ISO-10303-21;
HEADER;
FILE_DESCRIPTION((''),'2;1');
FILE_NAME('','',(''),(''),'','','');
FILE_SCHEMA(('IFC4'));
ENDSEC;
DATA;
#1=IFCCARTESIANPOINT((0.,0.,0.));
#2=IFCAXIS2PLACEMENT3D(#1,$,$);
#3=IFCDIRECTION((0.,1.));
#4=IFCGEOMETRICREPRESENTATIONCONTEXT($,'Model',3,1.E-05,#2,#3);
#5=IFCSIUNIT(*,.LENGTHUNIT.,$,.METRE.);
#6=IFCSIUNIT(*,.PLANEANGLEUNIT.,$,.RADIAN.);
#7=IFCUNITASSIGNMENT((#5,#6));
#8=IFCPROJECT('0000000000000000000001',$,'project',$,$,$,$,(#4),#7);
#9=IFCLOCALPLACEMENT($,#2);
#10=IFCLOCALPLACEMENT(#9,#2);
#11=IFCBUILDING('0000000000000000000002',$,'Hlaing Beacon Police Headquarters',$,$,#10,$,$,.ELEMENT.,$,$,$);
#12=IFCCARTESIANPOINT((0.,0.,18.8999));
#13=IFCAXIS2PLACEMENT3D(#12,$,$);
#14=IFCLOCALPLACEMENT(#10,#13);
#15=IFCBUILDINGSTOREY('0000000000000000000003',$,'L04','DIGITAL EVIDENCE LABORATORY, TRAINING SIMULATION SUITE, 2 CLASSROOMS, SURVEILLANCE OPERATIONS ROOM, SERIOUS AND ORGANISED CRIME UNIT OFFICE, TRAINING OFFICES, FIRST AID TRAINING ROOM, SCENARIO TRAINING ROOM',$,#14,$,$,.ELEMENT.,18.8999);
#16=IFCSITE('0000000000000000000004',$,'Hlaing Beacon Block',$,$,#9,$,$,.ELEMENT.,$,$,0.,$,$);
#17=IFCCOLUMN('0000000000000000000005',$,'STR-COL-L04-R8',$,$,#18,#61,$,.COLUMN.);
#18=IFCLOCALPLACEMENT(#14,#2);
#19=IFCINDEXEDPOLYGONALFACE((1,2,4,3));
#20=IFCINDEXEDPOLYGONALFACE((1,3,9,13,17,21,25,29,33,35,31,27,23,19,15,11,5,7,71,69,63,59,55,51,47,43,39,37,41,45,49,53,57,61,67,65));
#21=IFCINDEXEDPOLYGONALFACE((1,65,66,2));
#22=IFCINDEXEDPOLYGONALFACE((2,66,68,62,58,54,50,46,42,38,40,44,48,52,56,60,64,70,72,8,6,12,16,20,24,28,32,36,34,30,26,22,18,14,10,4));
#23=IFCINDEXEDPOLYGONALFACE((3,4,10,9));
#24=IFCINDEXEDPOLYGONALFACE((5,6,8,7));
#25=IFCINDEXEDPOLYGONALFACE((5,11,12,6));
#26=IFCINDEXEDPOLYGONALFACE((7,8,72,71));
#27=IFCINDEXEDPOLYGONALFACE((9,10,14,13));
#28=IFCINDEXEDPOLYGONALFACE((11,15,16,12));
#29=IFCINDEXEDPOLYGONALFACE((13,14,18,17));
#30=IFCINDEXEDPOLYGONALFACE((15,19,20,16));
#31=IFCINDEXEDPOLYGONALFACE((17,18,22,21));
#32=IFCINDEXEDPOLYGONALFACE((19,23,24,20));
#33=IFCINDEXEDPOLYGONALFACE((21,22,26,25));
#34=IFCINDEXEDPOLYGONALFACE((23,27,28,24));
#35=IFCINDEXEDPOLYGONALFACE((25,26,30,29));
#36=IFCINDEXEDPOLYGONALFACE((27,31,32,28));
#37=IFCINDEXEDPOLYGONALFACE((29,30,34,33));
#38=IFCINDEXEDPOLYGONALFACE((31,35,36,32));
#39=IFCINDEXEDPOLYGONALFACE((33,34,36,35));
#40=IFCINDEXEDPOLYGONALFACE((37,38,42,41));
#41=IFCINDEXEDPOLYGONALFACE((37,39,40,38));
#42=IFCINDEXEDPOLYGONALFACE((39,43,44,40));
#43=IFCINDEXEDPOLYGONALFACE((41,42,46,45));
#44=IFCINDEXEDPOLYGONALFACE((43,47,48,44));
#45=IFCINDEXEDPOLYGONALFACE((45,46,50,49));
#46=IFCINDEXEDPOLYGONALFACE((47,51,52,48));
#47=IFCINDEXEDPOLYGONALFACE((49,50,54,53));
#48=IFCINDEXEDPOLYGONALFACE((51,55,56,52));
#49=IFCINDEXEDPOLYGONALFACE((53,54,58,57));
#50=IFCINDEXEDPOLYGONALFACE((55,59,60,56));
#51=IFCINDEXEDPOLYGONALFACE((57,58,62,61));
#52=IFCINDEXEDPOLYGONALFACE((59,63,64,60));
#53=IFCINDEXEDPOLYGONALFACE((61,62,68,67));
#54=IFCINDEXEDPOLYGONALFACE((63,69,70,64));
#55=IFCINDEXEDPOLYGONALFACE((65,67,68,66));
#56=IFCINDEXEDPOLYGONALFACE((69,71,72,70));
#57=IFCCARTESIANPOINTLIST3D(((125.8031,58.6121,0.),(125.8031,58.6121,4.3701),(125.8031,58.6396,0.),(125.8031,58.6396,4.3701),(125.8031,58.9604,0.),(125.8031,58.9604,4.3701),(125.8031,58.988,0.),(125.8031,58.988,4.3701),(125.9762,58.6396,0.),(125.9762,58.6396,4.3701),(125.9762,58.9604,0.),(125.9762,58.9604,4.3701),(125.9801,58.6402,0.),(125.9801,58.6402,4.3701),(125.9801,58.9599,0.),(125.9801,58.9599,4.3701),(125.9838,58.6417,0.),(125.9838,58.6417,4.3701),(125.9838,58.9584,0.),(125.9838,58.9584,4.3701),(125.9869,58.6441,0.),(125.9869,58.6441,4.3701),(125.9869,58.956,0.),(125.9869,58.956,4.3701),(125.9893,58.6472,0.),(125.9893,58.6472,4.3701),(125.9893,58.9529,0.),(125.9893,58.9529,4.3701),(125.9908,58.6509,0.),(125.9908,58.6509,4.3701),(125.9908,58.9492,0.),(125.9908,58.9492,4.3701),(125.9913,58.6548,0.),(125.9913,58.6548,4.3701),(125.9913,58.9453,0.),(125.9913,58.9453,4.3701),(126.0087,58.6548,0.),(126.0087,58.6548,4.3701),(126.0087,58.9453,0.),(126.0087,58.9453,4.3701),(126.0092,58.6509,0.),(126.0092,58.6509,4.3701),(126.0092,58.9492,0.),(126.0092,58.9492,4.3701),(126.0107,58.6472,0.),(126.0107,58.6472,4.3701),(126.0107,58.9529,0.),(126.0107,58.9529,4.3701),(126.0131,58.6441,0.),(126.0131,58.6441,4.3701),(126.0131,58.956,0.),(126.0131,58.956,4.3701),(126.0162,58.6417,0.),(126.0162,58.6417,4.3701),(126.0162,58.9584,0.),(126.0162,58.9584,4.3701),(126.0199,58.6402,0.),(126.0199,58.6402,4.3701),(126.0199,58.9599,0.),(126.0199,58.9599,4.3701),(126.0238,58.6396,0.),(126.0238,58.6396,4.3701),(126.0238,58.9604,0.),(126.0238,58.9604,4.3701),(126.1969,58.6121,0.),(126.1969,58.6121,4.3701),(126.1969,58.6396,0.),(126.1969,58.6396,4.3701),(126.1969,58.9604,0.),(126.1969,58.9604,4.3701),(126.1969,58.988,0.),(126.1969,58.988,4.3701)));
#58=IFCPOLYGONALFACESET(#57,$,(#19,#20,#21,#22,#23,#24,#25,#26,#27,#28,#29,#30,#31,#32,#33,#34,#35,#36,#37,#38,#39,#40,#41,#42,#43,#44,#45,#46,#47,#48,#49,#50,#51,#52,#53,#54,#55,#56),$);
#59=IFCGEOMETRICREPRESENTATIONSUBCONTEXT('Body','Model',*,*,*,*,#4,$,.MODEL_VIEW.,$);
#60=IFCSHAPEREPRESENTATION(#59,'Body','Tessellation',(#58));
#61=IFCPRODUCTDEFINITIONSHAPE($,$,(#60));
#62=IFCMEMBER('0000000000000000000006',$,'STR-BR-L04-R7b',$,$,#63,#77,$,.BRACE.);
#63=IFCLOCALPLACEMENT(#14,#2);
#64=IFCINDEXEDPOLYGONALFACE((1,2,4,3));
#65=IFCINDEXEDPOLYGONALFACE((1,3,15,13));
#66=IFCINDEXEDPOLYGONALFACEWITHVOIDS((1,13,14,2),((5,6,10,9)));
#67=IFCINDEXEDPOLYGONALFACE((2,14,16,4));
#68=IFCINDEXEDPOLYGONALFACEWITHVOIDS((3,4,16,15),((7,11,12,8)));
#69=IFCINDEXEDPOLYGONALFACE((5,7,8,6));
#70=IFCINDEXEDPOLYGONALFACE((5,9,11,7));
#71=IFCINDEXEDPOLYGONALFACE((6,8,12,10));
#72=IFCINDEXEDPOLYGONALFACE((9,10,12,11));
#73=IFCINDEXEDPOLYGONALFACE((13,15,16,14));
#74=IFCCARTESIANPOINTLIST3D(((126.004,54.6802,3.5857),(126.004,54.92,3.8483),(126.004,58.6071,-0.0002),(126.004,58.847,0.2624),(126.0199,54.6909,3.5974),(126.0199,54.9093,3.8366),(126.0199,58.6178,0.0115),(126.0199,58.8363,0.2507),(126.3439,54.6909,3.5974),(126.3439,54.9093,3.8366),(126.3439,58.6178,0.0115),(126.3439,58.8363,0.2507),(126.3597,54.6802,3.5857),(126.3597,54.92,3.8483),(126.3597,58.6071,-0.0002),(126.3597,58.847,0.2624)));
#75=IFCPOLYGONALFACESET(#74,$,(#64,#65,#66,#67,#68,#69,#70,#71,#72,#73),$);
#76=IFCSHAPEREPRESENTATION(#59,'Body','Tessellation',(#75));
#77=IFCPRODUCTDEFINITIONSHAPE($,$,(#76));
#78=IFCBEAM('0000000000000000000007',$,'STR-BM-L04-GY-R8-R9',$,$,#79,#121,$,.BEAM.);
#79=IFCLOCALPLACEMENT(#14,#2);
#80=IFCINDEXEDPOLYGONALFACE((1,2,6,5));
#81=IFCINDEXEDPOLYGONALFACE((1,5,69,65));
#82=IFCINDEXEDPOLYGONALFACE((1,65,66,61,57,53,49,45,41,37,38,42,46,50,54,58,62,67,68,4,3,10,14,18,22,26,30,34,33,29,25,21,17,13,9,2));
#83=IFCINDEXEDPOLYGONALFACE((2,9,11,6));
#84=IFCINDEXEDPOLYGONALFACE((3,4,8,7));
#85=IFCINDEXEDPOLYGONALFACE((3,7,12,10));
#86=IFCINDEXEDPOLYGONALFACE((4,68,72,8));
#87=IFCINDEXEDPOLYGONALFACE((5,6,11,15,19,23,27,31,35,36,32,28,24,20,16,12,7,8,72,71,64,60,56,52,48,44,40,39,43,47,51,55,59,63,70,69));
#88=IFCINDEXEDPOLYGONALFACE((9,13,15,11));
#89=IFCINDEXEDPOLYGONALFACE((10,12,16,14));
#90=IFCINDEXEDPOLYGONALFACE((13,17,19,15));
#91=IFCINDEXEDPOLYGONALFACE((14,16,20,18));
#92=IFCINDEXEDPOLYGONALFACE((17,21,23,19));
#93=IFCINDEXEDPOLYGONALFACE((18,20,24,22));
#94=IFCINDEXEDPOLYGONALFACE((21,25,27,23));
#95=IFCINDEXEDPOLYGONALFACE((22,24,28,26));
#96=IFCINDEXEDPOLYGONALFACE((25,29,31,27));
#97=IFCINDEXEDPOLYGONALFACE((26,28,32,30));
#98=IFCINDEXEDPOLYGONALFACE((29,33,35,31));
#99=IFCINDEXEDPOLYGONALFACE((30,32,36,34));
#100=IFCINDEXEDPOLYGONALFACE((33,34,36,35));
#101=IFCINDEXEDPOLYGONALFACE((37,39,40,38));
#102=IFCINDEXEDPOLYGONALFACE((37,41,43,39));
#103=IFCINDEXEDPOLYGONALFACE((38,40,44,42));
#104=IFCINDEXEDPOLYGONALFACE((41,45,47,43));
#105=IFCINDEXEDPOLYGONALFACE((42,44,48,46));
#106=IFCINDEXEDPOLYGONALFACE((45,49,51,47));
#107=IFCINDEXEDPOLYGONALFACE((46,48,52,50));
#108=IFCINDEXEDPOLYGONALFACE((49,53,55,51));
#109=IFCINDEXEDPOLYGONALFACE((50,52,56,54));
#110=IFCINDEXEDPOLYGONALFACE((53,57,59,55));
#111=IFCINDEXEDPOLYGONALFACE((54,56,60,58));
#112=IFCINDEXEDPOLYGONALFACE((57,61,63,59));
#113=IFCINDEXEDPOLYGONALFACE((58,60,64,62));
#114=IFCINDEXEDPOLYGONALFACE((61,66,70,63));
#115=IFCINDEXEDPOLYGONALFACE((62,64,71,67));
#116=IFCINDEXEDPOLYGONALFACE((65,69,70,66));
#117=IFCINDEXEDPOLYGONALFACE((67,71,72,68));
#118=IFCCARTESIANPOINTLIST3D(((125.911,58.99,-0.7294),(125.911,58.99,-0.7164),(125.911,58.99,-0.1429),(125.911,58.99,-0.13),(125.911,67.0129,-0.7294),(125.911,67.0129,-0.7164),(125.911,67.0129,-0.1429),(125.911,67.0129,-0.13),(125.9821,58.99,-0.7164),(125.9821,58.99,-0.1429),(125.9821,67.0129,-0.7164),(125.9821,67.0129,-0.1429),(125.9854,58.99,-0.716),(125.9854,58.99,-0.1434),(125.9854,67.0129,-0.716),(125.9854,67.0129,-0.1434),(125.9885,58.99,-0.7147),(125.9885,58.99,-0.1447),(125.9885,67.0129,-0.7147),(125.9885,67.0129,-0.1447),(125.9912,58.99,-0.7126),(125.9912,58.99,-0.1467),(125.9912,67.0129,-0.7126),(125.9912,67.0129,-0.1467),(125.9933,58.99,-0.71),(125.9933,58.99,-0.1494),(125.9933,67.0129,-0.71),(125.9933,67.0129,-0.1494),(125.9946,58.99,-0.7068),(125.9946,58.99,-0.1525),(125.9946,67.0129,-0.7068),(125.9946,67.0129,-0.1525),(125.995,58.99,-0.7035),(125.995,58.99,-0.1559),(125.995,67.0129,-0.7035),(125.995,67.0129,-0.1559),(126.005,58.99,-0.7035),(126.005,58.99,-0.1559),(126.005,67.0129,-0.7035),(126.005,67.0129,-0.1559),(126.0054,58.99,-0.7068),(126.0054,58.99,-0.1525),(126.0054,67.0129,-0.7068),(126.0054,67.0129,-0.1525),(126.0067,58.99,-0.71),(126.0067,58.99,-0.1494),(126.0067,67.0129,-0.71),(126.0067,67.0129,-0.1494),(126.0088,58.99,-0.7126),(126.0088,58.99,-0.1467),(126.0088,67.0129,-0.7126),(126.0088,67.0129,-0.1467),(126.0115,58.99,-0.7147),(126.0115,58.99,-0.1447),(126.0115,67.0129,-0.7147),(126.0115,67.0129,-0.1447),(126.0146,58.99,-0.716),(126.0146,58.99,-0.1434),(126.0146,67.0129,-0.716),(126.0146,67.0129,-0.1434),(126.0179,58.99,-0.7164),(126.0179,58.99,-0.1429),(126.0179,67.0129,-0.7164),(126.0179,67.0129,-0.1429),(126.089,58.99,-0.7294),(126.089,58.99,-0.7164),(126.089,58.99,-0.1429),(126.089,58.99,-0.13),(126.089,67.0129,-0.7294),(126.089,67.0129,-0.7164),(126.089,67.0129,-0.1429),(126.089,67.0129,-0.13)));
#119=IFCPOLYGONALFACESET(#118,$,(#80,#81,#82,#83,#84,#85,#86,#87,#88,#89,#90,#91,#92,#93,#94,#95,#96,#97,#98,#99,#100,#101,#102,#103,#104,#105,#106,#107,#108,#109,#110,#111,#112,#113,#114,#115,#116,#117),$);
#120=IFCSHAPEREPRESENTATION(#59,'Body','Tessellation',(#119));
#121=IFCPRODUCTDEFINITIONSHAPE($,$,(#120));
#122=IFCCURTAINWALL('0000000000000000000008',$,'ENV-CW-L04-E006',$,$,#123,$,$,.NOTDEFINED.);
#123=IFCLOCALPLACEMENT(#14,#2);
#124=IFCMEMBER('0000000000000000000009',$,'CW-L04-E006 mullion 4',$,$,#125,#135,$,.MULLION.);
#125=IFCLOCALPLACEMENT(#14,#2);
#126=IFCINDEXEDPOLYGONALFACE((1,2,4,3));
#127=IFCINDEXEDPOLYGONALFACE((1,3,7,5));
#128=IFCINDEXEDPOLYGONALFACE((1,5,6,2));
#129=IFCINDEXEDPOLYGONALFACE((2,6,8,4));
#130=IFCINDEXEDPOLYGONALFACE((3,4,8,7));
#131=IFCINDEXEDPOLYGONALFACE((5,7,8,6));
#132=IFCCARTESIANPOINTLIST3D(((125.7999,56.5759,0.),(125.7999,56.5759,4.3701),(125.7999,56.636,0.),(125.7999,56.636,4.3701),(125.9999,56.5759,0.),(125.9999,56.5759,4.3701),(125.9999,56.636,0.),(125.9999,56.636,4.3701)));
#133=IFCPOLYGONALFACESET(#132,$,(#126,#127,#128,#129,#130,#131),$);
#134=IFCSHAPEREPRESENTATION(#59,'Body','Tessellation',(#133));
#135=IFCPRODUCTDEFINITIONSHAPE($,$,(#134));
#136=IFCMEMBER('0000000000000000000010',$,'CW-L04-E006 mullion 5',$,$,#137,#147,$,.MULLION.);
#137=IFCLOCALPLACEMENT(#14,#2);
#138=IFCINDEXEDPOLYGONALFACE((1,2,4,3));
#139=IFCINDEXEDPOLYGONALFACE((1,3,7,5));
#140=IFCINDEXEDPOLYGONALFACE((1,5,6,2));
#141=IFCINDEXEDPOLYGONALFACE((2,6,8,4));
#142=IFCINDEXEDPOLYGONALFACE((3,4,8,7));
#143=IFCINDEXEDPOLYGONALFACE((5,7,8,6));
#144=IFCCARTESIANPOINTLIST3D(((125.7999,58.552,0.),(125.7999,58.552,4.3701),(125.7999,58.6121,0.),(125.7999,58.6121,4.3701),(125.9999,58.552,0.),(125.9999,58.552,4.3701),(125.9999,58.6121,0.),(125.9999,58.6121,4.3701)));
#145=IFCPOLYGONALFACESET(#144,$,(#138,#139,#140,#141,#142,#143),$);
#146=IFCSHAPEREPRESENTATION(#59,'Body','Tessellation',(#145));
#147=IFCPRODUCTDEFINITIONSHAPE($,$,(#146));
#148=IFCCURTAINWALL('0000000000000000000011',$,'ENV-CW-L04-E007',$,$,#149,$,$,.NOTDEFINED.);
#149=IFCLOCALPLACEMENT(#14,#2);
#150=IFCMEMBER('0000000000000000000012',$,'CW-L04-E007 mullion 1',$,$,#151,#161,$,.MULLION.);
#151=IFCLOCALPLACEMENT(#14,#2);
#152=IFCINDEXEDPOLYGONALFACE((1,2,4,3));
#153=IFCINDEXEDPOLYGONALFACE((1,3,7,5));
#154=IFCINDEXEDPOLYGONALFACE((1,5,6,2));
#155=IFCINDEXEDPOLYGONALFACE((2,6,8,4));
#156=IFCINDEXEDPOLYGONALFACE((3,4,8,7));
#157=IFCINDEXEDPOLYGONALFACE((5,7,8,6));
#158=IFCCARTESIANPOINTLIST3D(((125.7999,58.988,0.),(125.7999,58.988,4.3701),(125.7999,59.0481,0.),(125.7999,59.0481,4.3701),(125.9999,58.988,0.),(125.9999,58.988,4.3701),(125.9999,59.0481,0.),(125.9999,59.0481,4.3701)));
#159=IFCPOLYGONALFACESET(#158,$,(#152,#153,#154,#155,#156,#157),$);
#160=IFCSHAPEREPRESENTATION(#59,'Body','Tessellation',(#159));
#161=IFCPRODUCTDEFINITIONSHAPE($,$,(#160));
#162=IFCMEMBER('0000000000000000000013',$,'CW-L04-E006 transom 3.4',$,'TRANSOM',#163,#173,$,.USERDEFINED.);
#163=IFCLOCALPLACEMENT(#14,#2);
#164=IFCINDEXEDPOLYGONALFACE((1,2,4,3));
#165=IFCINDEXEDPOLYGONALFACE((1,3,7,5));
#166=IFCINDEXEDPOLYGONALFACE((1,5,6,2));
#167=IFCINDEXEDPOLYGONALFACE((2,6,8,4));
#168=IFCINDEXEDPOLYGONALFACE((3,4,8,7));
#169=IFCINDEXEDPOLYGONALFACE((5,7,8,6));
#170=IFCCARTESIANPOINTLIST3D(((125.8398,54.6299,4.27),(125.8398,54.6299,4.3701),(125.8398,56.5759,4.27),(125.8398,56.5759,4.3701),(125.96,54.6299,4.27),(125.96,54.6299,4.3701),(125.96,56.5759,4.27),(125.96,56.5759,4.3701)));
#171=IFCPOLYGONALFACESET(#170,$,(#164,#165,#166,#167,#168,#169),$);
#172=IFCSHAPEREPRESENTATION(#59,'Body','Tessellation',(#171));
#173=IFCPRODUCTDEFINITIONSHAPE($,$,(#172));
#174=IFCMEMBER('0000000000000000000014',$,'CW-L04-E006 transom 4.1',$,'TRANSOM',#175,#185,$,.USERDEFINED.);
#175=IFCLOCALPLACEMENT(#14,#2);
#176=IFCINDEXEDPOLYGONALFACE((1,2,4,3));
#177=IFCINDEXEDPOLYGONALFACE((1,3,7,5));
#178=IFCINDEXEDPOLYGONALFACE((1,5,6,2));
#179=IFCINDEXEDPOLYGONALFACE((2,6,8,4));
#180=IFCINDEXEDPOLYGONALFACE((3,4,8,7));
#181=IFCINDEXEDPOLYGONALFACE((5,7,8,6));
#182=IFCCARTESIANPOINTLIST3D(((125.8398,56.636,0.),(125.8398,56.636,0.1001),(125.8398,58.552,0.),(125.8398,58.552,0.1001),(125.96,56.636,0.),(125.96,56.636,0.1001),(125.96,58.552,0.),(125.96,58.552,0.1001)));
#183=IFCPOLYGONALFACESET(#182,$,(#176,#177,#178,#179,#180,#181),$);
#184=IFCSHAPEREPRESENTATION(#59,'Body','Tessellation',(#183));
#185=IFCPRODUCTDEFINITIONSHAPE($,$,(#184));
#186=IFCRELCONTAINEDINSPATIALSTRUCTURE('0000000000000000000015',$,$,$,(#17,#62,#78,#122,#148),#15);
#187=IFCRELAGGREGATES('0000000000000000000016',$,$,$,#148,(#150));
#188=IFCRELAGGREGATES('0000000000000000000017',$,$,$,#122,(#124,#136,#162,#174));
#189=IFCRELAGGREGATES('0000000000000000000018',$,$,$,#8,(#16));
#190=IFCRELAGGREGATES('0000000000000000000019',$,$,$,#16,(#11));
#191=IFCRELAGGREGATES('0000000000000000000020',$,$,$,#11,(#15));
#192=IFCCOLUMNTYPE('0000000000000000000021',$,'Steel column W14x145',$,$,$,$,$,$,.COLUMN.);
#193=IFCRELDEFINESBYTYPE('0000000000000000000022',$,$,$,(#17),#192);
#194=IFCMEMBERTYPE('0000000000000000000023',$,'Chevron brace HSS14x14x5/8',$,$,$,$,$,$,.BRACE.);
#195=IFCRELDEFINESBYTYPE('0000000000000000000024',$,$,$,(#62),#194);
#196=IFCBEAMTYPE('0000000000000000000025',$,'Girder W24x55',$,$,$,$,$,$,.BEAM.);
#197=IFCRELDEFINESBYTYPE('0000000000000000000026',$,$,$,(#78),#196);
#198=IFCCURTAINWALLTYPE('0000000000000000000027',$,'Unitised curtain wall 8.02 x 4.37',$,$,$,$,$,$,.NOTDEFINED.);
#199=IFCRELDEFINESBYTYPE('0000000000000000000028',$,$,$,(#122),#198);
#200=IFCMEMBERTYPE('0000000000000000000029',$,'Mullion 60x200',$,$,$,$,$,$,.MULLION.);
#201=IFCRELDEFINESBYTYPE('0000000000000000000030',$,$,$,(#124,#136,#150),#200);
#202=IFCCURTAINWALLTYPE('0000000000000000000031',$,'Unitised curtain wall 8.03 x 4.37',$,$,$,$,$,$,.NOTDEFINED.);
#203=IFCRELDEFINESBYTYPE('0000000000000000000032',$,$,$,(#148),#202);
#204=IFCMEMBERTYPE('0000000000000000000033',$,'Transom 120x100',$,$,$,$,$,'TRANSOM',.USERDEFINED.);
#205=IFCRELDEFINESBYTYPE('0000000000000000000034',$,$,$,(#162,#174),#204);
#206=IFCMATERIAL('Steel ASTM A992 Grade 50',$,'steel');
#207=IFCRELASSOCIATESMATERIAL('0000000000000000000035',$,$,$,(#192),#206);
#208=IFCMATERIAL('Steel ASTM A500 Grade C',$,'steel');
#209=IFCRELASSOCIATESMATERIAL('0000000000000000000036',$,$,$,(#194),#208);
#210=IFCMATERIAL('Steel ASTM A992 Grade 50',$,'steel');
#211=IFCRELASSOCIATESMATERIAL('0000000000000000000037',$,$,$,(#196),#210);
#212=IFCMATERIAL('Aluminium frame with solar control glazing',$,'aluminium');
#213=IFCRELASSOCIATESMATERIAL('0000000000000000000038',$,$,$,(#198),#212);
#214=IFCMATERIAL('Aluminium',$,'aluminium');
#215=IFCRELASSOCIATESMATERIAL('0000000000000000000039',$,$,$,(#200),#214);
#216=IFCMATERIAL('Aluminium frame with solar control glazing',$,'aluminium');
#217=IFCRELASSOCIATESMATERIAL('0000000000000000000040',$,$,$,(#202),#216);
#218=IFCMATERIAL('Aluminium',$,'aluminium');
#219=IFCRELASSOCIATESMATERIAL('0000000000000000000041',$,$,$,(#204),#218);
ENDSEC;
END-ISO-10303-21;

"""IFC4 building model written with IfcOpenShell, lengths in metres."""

from ifc_helpers import new_model, si_unit, direction, frame, origin, origin_2d, place, context, subcontext, project, spatial, rectangle, hollow_rectangle, i_section, extrude, material, material_profile, profile_set, type_object, element, aggregate, save


model = new_model("IFC4")

# Units and contexts
model_context = context("Model", 3, precision=1e-05, world=origin(), true_north=direction((0.0, 1.0)))
body_context = subcontext(model_context, "Body", "Model", "MODEL_VIEW")
ifc_project = project(units=[si_unit("LENGTHUNIT", "METRE"), si_unit("PLANEANGLEUNIT", "RADIAN")], contexts=[model_context])

# Site, building, storey
site_placement = place(None, origin())
site = spatial("IfcSite", under=ifc_project, at=site_placement, Name="Hlaing Beacon Block", CompositionType="ELEMENT", RefElevation=0.0)
building_placement = place(site_placement, origin())
building = spatial("IfcBuilding", under=site, at=building_placement, Name="Hlaing Beacon Police Headquarters", CompositionType="ELEMENT")
storey_placement = place(building_placement, frame((0.0, 0.0, 18.8999)))
storey = spatial("IfcBuildingStorey", under=building, at=storey_placement, Name="L04", Description="DIGITAL EVIDENCE LABORATORY, TRAINING SIMULATION SUITE, 2 CLASSROOMS, SURVEILLANCE OPERATIONS ROOM, SERIOUS AND ORGANISED CRIME UNIT OFFICE, TRAINING OFFICES, FIRST AID TRAINING ROOM, SCENARIO TRAINING ROOM", CompositionType="ELEMENT", Elevation=18.8999)

# Column
ifc_material_1 = material(Name="Steel ASTM A992 Grade 50", Category="steel")
ifc_material_profile_1 = material_profile(ifc_material_1, i_section(OverallWidth=0.3938, OverallDepth=0.376, WebThickness=0.0173, FlangeThickness=0.0276, FilletRadius=0.0151, at=origin_2d()), Name="W14x145")
ifc_profile_set_1 = profile_set([ifc_material_profile_1], Name="Steel ASTM A992 Grade 50")
column_type = type_object("IfcColumnType", Name="Steel column W14x145", PredefinedType="COLUMN", material=ifc_profile_set_1)
column_placement = place(storey_placement, frame((126.0, 58.8, 0.0), z_axis=(0.0, 0.0, 1.0), x_axis=(1.0, 0.0, 0.0)))
element("IfcColumn", 1, at=column_placement, inside=storey, type_object=column_type, Name="STR-COL-L04-R8", PredefinedType="COLUMN", context=body_context, shape_type="SweptSolid", body=[
    extrude(i_section(OverallWidth=0.3938, OverallDepth=0.376, WebThickness=0.0173, FlangeThickness=0.0276, FilletRadius=0.0151, at=origin_2d()), origin(), (0.0, 0.0, 1.0), 4.3701),
])

# Member
ifc_material_2 = material(Name="Steel ASTM A500 Grade C", Category="steel")
ifc_material_profile_2 = material_profile(ifc_material_2, hollow_rectangle(XDim=0.3557, YDim=0.3557, WallThickness=0.0159, at=origin_2d()), Name="HSS14x14x5/8")
ifc_profile_set_2 = profile_set([ifc_material_profile_2], Name="Steel ASTM A500 Grade C")
member_type_1 = type_object("IfcMemberType", Name="Chevron brace HSS14x14x5/8", PredefinedType="BRACE", material=ifc_profile_set_2)
member_1_placement = place(storey_placement, frame((126.1819, 58.7271, 0.1311), z_axis=(0.0, -0.738447, 0.674312), x_axis=(1.0, 0.0, 0.0)))
element("IfcMember", 2, at=member_1_placement, inside=storey, type_object=member_type_1, Name="STR-BR-L04-R7b", PredefinedType="BRACE", context=body_context, shape_type="SweptSolid", body=[
    extrude(hollow_rectangle(XDim=0.3557, YDim=0.3557, WallThickness=0.0159, at=origin_2d()), origin(), (0.0, 0.0, 1.0), 5.3179),
])

# Beam
ifc_material_3 = material(Name="Steel ASTM A992 Grade 50", Category="steel")
ifc_material_profile_3 = material_profile(ifc_material_3, i_section(OverallWidth=0.178, OverallDepth=0.5994, WebThickness=0.01, FlangeThickness=0.0129, FilletRadius=0.0129, at=origin_2d()), Name="W24x55")
ifc_profile_set_3 = profile_set([ifc_material_profile_3], Name="Steel ASTM A992 Grade 50")
beam_type = type_object("IfcBeamType", Name="Girder W24x55", PredefinedType="BEAM", material=ifc_profile_set_3)
beam_placement = place(storey_placement, frame((126.0, 58.99, -0.4297), z_axis=(0.0, 1.0, 0.0), x_axis=(-1.0, 0.0, 0.0)))
element("IfcBeam", 3, at=beam_placement, inside=storey, type_object=beam_type, Name="STR-BM-L04-GY-R8-R9", PredefinedType="BEAM", context=body_context, shape_type="SweptSolid", body=[
    extrude(i_section(OverallWidth=0.178, OverallDepth=0.5994, WebThickness=0.01, FlangeThickness=0.0129, FilletRadius=0.0129, at=origin_2d()), origin(), (0.0, 0.0, 1.0), 8.0229),
])

# Curtain wall, members
ifc_material_4 = material(Name="Aluminium frame with solar control glazing", Category="aluminium")
curtain_wall_type_1 = type_object("IfcCurtainWallType", Name="Unitised curtain wall 8.02 x 4.37", PredefinedType="NOTDEFINED", material=ifc_material_4)
curtain_wall_1_placement = place(storey_placement, origin())
curtain_wall_1 = element("IfcCurtainWall", 4, at=curtain_wall_1_placement, inside=storey, type_object=curtain_wall_type_1, Name="ENV-CW-L04-E006", PredefinedType="NOTDEFINED")
ifc_material_5 = material(Name="Aluminium", Category="aluminium")
ifc_material_profile_4 = material_profile(ifc_material_5, rectangle(XDim=0.2, YDim=0.0601, at=origin_2d()), Name="Mullion 60x200")
ifc_profile_set_4 = profile_set([ifc_material_profile_4], Name="Aluminium")
member_type_2 = type_object("IfcMemberType", Name="Mullion 60x200", PredefinedType="MULLION", material=ifc_profile_set_4)
member_2_placement = place(storey_placement, frame((125.8999, 56.606, 0.0), z_axis=(0.0, 0.0, 1.0), x_axis=(-1.0, 0.0, 0.0)))
member_2 = element("IfcMember", 5, at=member_2_placement, type_object=member_type_2, Name="CW-L04-E006 mullion 4", PredefinedType="MULLION", context=body_context, shape_type="SweptSolid", body=[
    extrude(rectangle(XDim=0.2, YDim=0.0601, at=origin_2d()), origin(), (0.0, 0.0, 1.0), 4.3701),
])
member_3_placement = place(storey_placement, frame((125.8999, 58.582, 0.0), z_axis=(0.0, 0.0, 1.0), x_axis=(-1.0, 0.0, 0.0)))
member_3 = element("IfcMember", 6, at=member_3_placement, type_object=member_type_2, Name="CW-L04-E006 mullion 5", PredefinedType="MULLION", context=body_context, shape_type="SweptSolid", body=[
    extrude(rectangle(XDim=0.2, YDim=0.0601, at=origin_2d()), origin(), (0.0, 0.0, 1.0), 4.3701),
])

# Curtain wall, member
ifc_material_6 = material(Name="Aluminium frame with solar control glazing", Category="aluminium")
curtain_wall_type_2 = type_object("IfcCurtainWallType", Name="Unitised curtain wall 8.03 x 4.37", PredefinedType="NOTDEFINED", material=ifc_material_6)
curtain_wall_2_placement = place(storey_placement, origin())
curtain_wall_2 = element("IfcCurtainWall", 7, at=curtain_wall_2_placement, inside=storey, type_object=curtain_wall_type_2, Name="ENV-CW-L04-E007", PredefinedType="NOTDEFINED")
member_4_placement = place(storey_placement, frame((125.8999, 59.0181, 0.0), z_axis=(0.0, 0.0, 1.0), x_axis=(-1.0, 0.0, 0.0)))
member_4 = element("IfcMember", 8, at=member_4_placement, type_object=member_type_2, Name="CW-L04-E007 mullion 1", PredefinedType="MULLION", context=body_context, shape_type="SweptSolid", body=[
    extrude(rectangle(XDim=0.2, YDim=0.0601, at=origin_2d()), origin(), (0.0, 0.0, 1.0), 4.3701),
])

# Members
ifc_material_7 = material(Name="Aluminium", Category="aluminium")
ifc_material_profile_5 = material_profile(ifc_material_7, rectangle(XDim=0.1201, YDim=0.1001, at=origin_2d()), Name="Transom 120x100")
ifc_profile_set_5 = profile_set([ifc_material_profile_5], Name="Aluminium")
member_type_3 = type_object("IfcMemberType", Name="Transom 120x100", ElementType="TRANSOM", PredefinedType="USERDEFINED", material=ifc_profile_set_5)
member_5_placement = place(storey_placement, frame((125.8999, 54.6299, 4.3201), z_axis=(0.0, 1.0, 0.0), x_axis=(-1.0, 0.0, 0.0)))
member_5 = element("IfcMember", 9, at=member_5_placement, type_object=member_type_3, Name="CW-L04-E006 transom 3.4", ObjectType="TRANSOM", PredefinedType="USERDEFINED", context=body_context, shape_type="SweptSolid", body=[
    extrude(rectangle(XDim=0.1201, YDim=0.1001, at=origin_2d()), origin(), (0.0, 0.0, 1.0), 1.946),
])
member_6_placement = place(storey_placement, frame((125.8999, 56.636, 0.05), z_axis=(0.0, 1.0, 0.0), x_axis=(-1.0, 0.0, 0.0)))
member_6 = element("IfcMember", 10, at=member_6_placement, type_object=member_type_3, Name="CW-L04-E006 transom 4.1", ObjectType="TRANSOM", PredefinedType="USERDEFINED", context=body_context, shape_type="SweptSolid", body=[
    extrude(rectangle(XDim=0.1201, YDim=0.1001, at=origin_2d()), origin(), (0.0, 0.0, 1.0), 1.916),
])
aggregate(curtain_wall_2, [member_4])

aggregate(curtain_wall_1, [member_2, member_3, member_5, member_6])

save(model, "model.ifc")
